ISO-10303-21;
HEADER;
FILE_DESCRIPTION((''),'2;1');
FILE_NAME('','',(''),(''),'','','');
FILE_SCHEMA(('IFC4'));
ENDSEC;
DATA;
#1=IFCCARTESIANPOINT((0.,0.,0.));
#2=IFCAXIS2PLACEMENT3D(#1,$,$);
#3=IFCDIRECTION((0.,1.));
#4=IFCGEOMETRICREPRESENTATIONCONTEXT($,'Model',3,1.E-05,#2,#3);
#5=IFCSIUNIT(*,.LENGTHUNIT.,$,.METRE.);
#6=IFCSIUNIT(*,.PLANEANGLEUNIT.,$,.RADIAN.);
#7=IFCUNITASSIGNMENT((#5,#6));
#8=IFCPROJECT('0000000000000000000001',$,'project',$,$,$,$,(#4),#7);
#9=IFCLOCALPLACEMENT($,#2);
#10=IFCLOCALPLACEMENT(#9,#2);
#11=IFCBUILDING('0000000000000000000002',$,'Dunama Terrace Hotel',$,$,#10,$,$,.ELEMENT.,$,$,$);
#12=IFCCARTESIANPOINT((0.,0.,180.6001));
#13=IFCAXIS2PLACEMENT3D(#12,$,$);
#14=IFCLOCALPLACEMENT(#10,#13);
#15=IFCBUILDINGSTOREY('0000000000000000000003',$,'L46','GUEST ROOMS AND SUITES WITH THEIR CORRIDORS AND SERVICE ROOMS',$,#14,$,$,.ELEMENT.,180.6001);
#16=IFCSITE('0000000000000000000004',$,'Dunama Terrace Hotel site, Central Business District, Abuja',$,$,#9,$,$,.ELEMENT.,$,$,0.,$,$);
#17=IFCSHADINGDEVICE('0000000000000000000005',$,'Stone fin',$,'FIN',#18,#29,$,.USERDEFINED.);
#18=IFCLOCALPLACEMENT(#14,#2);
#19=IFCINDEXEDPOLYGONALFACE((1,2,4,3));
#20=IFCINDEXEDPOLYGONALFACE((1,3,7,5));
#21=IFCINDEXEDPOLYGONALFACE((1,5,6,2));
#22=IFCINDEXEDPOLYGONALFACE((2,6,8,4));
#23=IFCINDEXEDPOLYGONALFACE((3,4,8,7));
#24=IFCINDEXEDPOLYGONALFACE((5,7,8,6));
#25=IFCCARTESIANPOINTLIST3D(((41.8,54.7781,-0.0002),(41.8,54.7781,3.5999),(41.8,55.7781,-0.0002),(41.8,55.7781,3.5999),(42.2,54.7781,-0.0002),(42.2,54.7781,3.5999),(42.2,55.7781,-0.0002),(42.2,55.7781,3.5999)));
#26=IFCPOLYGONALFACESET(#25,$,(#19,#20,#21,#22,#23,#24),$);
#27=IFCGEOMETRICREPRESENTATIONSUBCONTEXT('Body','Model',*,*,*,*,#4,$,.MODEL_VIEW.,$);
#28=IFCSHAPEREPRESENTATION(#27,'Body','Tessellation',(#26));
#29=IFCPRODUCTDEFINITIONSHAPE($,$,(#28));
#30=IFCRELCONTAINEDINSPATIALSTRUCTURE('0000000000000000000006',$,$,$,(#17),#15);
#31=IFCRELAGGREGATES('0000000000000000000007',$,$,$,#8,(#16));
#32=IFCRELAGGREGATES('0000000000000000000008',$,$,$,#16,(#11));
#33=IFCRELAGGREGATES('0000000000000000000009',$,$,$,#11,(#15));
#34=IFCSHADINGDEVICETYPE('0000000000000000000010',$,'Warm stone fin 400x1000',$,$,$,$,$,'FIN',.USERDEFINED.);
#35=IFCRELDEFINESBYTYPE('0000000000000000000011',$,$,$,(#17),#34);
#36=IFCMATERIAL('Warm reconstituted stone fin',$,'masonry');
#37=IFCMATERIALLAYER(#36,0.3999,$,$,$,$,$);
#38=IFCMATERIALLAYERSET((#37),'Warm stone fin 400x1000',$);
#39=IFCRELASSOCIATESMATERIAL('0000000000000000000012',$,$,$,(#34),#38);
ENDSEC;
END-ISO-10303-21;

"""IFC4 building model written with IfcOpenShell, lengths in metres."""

from ifc_helpers import new_model, si_unit, direction, frame, origin, origin_2d, place, context, subcontext, project, spatial, rectangle, extrude, material, layer, layer_set, type_object, element, save


model = new_model("IFC4")

# Units and contexts
model_context = context("Model", 3, precision=1e-05, world=origin(), true_north=direction((0.0, 1.0)))
body_context = subcontext(model_context, "Body", "Model", "MODEL_VIEW")
ifc_project = project(units=[si_unit("LENGTHUNIT", "METRE"), si_unit("PLANEANGLEUNIT", "RADIAN")], contexts=[model_context])

# Site, building, storey
site_placement = place(None, origin())
site = spatial("IfcSite", under=ifc_project, at=site_placement, Name="Dunama Terrace Hotel site, Central Business District, Abuja", CompositionType="ELEMENT", RefElevation=0.0)
building_placement = place(site_placement, origin())
building = spatial("IfcBuilding", under=site, at=building_placement, Name="Dunama Terrace Hotel", CompositionType="ELEMENT")
storey_placement = place(building_placement, frame((0.0, 0.0, 180.6001)))
storey = spatial("IfcBuildingStorey", under=building, at=storey_placement, Name="L46", Description="GUEST ROOMS AND SUITES WITH THEIR CORRIDORS AND SERVICE ROOMS", CompositionType="ELEMENT", Elevation=180.6001)

# Shading device
ifc_material_1 = material(Name="Warm reconstituted stone fin", Category="masonry")
ifc_layer_1 = layer(ifc_material_1, 0.3999)
ifc_layer_set_1 = layer_set([ifc_layer_1], Name="Warm stone fin 400x1000")
shading_device_type = type_object("IfcShadingDeviceType", Name="Warm stone fin 400x1000", ElementType="FIN", PredefinedType="USERDEFINED", material=ifc_layer_set_1)
shading_device_placement = place(storey_placement, frame((42.0, 55.2781, -0.0002), z_axis=(0.0, 0.0, 1.0), x_axis=(-1.0, 0.0, 0.0)))
element("IfcShadingDevice", 1, at=shading_device_placement, inside=storey, type_object=shading_device_type, Name="Stone fin", ObjectType="FIN", PredefinedType="USERDEFINED", context=body_context, shape_type="SweptSolid", body=[
    extrude(rectangle(XDim=0.3999, YDim=1.0, at=origin_2d()), origin(), (0.0, 0.0, 1.0), 3.6001),
])

save(model, "model.ifc")
